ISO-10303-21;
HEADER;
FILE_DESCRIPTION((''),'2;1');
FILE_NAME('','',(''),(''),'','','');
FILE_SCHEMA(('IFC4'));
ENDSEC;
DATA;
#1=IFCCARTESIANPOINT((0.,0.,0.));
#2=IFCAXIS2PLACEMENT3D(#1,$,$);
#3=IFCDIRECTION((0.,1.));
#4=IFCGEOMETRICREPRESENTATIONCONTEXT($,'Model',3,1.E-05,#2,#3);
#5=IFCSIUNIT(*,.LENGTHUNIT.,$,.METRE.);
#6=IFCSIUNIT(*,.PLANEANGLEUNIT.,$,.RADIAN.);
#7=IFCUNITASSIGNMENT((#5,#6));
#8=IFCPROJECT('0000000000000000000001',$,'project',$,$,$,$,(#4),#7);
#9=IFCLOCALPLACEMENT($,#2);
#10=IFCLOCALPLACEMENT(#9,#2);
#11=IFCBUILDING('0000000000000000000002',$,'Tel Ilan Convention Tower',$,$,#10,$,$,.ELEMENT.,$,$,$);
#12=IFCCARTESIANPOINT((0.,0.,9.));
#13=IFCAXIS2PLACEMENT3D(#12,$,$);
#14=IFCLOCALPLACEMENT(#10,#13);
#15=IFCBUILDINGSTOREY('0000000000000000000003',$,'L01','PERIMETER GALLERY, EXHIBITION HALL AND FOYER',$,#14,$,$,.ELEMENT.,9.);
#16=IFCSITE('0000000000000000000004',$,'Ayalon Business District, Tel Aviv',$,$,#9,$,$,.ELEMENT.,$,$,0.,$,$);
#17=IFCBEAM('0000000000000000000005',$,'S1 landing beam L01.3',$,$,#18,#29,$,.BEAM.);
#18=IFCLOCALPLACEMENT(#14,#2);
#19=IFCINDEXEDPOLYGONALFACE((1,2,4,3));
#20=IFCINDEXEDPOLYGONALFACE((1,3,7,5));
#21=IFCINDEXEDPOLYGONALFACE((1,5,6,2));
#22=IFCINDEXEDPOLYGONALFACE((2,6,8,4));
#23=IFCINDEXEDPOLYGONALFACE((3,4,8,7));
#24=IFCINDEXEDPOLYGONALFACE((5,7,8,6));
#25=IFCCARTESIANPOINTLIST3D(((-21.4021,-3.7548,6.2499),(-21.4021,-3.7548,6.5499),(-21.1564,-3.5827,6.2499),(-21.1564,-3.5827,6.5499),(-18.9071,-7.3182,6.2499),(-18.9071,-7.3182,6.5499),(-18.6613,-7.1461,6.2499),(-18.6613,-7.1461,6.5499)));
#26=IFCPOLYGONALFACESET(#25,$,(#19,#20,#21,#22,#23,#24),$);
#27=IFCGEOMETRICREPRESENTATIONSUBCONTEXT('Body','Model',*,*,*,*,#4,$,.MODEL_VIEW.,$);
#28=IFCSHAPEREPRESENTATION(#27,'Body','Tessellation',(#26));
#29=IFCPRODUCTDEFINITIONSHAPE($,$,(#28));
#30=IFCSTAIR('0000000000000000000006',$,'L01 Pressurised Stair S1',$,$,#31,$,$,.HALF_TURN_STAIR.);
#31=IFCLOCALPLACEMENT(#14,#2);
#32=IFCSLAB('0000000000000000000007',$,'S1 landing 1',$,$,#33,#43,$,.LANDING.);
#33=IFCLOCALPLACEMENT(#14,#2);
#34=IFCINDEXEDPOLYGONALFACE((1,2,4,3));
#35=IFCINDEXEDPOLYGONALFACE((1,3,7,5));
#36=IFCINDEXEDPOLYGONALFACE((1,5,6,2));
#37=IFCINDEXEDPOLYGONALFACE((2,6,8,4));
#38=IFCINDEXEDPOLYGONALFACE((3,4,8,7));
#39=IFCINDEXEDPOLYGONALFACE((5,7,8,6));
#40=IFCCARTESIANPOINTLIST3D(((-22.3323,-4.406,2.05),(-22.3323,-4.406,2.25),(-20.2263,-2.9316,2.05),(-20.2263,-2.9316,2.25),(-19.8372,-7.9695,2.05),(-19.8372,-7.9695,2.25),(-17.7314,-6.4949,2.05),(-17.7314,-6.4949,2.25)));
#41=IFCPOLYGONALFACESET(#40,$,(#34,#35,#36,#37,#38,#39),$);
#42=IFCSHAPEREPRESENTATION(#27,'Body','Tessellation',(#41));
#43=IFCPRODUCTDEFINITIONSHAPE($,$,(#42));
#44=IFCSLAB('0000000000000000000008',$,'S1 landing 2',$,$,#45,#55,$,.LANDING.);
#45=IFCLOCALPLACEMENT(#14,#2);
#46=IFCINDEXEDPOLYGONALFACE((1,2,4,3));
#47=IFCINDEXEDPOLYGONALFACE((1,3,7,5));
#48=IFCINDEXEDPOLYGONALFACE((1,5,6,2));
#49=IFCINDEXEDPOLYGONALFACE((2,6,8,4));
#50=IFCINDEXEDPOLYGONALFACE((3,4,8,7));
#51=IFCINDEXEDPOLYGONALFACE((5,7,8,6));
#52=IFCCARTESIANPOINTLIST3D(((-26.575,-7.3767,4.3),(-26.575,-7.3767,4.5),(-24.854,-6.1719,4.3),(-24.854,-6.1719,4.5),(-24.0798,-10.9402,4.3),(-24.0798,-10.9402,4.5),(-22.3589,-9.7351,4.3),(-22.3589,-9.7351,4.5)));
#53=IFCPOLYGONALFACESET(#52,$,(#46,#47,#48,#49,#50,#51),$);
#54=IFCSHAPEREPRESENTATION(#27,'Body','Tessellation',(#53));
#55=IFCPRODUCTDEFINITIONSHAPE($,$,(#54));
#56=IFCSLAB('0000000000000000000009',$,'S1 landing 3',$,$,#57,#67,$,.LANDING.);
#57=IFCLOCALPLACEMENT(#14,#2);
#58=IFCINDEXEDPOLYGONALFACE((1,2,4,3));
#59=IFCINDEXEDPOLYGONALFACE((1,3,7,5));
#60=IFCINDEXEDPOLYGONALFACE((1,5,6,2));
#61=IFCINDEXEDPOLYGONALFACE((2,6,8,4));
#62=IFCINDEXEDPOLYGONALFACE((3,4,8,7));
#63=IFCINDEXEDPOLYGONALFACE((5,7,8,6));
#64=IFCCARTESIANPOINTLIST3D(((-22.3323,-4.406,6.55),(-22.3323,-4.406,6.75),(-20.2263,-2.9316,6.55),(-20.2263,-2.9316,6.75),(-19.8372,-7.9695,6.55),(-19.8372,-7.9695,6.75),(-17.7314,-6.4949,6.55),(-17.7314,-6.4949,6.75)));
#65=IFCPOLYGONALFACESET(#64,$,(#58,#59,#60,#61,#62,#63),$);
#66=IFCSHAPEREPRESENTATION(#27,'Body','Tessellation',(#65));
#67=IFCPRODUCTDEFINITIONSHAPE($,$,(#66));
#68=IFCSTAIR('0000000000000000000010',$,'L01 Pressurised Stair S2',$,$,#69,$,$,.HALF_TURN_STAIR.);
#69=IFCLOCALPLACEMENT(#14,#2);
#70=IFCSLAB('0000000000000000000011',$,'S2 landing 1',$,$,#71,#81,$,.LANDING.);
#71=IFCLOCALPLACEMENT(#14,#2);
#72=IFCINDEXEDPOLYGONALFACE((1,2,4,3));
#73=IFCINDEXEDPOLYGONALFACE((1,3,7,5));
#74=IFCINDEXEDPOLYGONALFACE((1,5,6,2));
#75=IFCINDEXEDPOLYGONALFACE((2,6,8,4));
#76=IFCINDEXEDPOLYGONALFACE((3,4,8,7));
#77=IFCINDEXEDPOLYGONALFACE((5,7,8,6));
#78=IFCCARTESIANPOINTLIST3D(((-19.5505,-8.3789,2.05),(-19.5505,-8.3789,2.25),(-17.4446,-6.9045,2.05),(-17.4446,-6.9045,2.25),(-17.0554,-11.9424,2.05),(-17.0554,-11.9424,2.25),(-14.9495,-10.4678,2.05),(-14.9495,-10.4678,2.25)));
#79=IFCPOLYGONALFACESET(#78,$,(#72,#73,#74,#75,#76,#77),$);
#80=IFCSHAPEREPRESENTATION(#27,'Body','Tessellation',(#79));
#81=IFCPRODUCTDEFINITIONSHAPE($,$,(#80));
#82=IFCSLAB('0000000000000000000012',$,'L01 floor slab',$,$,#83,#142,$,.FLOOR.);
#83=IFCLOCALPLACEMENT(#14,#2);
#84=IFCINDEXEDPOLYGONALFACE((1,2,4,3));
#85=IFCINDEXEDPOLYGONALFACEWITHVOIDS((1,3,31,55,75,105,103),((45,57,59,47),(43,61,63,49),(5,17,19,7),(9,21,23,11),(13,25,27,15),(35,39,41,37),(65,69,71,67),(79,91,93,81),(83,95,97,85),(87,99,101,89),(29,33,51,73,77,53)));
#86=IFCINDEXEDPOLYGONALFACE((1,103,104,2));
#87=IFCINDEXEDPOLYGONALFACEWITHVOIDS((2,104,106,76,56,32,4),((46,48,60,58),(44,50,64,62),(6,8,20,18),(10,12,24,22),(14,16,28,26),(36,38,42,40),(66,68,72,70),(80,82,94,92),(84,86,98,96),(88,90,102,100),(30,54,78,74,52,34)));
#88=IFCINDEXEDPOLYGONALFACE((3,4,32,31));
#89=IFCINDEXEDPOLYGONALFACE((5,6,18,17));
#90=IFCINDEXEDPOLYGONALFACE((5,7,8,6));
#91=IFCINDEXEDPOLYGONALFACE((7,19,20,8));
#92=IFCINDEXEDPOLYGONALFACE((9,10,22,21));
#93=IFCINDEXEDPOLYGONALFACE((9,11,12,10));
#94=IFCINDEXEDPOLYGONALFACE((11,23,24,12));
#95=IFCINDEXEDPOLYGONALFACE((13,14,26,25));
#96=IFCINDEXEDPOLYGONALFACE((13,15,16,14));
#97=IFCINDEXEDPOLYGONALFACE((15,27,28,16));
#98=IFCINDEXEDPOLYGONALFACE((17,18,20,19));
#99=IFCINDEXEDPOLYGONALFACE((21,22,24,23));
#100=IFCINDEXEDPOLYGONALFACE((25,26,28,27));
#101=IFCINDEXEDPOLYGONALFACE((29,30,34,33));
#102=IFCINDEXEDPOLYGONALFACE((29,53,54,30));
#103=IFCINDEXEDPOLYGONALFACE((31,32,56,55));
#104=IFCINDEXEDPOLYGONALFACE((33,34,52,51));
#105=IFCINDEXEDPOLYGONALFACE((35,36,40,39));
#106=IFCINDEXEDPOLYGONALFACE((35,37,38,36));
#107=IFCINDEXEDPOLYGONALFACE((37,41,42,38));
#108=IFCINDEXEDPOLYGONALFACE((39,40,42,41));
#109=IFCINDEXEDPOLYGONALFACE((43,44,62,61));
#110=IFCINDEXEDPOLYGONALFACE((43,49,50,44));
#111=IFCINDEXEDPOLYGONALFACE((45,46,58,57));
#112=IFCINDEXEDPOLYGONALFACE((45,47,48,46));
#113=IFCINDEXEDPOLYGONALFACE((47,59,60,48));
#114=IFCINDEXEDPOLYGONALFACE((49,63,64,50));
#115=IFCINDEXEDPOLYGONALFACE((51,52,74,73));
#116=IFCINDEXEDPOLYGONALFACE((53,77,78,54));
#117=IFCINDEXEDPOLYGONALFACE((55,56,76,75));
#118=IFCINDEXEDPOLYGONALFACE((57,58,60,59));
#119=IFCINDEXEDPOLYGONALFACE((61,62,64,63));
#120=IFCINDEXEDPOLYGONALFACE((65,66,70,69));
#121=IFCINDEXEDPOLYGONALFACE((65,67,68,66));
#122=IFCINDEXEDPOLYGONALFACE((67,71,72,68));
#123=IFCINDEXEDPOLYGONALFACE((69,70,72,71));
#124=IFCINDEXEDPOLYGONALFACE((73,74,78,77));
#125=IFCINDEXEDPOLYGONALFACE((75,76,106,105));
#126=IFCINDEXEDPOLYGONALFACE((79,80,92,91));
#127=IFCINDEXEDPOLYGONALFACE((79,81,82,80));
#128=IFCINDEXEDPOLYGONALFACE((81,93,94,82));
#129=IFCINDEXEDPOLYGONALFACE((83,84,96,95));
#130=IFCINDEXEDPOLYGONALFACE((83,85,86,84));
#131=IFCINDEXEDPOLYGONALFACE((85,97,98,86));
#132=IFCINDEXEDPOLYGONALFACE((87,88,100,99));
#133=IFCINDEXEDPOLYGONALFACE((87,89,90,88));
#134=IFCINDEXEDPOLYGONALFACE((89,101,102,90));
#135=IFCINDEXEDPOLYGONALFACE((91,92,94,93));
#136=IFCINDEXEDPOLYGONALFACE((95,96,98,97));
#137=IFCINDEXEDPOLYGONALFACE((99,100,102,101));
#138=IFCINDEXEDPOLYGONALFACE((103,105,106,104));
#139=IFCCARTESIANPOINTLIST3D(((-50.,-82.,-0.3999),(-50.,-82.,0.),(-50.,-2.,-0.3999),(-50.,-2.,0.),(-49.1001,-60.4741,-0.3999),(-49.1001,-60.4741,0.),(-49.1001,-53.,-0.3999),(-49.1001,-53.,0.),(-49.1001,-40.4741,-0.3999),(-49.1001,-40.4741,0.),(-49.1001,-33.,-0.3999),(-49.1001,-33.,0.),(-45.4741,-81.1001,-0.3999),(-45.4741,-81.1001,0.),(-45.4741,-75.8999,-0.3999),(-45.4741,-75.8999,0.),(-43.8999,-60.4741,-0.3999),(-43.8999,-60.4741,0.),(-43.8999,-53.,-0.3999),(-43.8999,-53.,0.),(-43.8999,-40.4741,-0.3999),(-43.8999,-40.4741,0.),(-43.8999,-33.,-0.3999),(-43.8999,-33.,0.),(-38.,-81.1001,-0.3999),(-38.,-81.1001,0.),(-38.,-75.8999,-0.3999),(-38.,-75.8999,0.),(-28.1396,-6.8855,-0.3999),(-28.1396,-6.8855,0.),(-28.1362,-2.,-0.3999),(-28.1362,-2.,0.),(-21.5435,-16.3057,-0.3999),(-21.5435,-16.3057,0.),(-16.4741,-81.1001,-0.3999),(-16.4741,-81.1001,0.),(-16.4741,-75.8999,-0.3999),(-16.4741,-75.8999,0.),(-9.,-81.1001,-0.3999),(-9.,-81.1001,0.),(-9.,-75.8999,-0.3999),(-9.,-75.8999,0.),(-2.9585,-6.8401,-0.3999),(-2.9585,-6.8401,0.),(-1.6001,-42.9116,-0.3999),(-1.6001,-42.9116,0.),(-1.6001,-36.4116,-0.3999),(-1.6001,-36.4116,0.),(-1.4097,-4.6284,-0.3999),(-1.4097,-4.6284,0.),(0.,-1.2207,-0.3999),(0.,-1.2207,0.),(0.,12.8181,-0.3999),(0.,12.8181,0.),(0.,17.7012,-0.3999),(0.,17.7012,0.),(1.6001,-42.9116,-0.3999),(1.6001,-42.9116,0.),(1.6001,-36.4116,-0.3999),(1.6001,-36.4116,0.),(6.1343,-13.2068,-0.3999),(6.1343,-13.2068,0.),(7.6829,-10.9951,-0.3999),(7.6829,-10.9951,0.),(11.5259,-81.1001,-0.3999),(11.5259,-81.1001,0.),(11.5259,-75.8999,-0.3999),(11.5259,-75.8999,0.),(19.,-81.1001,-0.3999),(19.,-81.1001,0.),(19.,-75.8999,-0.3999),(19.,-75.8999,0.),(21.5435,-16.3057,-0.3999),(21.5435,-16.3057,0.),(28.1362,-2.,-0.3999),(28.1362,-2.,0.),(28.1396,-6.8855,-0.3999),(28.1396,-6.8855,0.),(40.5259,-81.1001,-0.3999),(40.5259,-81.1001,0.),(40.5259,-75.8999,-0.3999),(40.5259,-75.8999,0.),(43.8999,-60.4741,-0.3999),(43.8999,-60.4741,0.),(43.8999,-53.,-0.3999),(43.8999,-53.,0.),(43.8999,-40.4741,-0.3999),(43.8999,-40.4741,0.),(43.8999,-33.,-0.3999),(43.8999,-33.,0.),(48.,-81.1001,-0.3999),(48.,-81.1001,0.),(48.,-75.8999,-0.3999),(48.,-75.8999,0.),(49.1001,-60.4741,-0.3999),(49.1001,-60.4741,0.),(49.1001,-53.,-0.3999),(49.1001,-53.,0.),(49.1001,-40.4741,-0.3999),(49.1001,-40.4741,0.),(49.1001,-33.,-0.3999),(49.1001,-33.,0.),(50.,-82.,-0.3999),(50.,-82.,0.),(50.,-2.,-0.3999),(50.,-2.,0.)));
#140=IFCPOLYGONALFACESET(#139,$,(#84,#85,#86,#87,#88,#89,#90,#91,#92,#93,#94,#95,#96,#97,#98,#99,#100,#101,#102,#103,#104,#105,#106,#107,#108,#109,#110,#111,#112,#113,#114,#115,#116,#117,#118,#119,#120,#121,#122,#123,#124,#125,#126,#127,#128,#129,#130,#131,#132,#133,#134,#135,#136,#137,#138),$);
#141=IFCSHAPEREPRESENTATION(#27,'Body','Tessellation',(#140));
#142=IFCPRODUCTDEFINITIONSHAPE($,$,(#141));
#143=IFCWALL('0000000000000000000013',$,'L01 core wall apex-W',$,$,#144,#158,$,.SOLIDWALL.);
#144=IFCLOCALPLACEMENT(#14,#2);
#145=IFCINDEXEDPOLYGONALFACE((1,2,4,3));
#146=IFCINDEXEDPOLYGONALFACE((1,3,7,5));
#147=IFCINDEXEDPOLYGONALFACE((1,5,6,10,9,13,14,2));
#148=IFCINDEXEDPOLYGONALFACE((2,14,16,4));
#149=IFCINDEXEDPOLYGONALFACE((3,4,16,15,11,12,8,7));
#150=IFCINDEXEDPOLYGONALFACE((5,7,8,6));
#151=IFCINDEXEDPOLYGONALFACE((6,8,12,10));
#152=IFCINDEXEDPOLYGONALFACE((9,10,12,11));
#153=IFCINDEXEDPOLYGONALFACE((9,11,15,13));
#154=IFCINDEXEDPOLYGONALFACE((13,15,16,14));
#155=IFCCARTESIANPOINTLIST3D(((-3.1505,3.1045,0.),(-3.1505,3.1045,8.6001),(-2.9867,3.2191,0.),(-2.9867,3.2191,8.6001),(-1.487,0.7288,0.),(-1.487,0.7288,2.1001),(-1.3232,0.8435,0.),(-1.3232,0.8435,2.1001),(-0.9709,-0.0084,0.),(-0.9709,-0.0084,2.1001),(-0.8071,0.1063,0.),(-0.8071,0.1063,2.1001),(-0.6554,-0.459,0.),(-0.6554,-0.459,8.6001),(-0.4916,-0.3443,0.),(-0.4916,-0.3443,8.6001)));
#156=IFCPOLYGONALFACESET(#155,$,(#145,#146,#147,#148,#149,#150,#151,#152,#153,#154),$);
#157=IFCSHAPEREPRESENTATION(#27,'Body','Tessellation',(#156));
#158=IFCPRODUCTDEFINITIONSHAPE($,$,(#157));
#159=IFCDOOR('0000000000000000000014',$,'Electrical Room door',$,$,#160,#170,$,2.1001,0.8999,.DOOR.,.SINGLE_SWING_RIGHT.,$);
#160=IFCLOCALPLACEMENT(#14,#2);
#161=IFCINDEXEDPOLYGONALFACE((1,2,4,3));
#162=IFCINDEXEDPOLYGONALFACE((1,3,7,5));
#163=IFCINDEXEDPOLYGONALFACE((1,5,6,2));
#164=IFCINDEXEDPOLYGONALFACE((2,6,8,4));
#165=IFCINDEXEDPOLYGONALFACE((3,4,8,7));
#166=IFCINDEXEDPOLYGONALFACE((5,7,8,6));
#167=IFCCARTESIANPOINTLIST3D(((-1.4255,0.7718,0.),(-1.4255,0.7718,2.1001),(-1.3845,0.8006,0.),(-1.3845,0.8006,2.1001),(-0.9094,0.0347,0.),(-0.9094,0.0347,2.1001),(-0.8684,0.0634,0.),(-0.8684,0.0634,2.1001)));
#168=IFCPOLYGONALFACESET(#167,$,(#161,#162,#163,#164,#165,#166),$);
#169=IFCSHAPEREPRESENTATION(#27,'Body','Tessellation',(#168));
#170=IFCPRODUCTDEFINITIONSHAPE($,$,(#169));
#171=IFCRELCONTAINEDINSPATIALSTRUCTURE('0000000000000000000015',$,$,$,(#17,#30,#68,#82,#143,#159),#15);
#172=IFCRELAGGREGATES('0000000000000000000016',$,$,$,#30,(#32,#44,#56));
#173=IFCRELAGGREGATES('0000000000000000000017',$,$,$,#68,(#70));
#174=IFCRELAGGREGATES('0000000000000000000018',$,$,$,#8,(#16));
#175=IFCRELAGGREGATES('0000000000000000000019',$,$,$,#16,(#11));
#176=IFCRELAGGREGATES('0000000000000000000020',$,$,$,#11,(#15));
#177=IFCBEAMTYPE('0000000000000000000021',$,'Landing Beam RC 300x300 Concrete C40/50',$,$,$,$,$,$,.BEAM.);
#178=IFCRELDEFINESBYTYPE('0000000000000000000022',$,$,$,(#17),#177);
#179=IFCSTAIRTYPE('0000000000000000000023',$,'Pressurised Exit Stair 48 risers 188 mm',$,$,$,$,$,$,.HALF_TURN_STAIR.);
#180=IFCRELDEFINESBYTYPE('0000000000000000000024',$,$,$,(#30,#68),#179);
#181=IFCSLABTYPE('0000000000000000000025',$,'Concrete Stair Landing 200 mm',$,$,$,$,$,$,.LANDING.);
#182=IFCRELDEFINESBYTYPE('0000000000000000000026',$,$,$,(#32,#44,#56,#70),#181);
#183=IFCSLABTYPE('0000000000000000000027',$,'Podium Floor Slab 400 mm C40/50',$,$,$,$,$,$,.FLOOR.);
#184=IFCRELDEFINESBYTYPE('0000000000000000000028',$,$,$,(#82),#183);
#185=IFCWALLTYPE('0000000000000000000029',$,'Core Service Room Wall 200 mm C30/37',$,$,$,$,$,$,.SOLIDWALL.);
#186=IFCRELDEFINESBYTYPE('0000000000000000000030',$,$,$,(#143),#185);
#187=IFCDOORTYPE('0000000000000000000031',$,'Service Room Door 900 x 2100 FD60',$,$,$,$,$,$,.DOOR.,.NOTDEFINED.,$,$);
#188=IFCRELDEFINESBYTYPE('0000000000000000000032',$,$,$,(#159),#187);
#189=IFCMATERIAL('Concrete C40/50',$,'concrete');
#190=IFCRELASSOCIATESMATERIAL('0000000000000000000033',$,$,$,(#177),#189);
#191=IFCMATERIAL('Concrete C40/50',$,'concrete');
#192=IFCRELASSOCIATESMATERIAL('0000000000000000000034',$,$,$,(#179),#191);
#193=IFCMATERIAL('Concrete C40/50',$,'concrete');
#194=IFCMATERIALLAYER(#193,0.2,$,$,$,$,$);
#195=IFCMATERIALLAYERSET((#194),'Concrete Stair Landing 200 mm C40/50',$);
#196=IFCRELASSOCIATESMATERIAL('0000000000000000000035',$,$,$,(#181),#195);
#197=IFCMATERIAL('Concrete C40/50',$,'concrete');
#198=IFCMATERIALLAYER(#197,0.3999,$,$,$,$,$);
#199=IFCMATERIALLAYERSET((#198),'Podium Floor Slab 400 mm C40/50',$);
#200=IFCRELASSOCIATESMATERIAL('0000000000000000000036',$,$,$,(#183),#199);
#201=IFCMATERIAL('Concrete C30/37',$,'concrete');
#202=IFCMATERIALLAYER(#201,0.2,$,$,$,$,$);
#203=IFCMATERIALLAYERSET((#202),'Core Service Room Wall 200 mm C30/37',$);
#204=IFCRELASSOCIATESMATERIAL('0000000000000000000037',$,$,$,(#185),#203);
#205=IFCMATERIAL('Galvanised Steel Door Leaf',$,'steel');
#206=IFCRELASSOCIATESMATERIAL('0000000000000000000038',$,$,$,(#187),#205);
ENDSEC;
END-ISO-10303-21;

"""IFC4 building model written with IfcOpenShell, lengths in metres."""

from ifc_helpers import new_model, si_unit, direction, frame, frame_2d, origin, origin_2d, place, context, subcontext, project, spatial, polyline, rectangle, outline, extrude, material, layer, layer_set, material_profile, profile_set, type_object, element, fill, aggregate, save


model = new_model("IFC4")

# Units and contexts
model_context = context("Model", 3, precision=1e-05, world=origin(), true_north=direction((0.0, 1.0)))
body_context = subcontext(model_context, "Body", "Model", "MODEL_VIEW")
ifc_project = project(units=[si_unit("LENGTHUNIT", "METRE"), si_unit("PLANEANGLEUNIT", "RADIAN")], contexts=[model_context])

# Site, building, storey
site_placement = place(None, origin())
site = spatial("IfcSite", under=ifc_project, at=site_placement, Name="Ayalon Business District, Tel Aviv", CompositionType="ELEMENT", RefElevation=0.0)
building_placement = place(site_placement, origin())
building = spatial("IfcBuilding", under=site, at=building_placement, Name="Tel Ilan Convention Tower", CompositionType="ELEMENT")
storey_placement = place(building_placement, frame((0.0, 0.0, 9.0)))
storey = spatial("IfcBuildingStorey", under=building, at=storey_placement, Name="L01", Description="PERIMETER GALLERY, EXHIBITION HALL AND FOYER", CompositionType="ELEMENT", Elevation=9.0)

# Beam
ifc_material_1 = material(Name="Concrete C40/50", Category="concrete")
ifc_material_profile = material_profile(ifc_material_1, rectangle(XDim=0.3, YDim=0.3, at=origin_2d()), Name="RC 300x300")
ifc_profile_set = profile_set([ifc_material_profile], Name="Concrete C40/50")
beam_type = type_object("IfcBeamType", Name="Landing Beam RC 300x300 Concrete C40/50", PredefinedType="BEAM", material=ifc_profile_set)
beam_placement = place(storey_placement, frame((-18.7842, -7.2322, 6.3999), z_axis=(-0.573568, 0.819158, 0.0), x_axis=(-0.819158, -0.573568, 0.0)))
element("IfcBeam", 1, at=beam_placement, inside=storey, type_object=beam_type, Name="S1 landing beam L01.3", PredefinedType="BEAM", context=body_context, shape_type="SweptSolid", body=[
    extrude(rectangle(XDim=0.3, YDim=0.3, at=origin_2d()), origin(), (0.0, 0.0, 1.0), 4.3501),
])

# Stair, slabs
ifc_material_2 = material(Name="Concrete C40/50", Category="concrete")
stair_type = type_object("IfcStairType", Name="Pressurised Exit Stair 48 risers 188 mm", PredefinedType="HALF_TURN_STAIR", material=ifc_material_2)
stair_1_placement = place(storey_placement, origin())
stair_1 = element("IfcStair", 2, at=stair_1_placement, inside=storey, type_object=stair_type, Name="L01 Pressurised Stair S1", PredefinedType="HALF_TURN_STAIR")
ifc_material_3 = material(Name="Concrete C40/50", Category="concrete")
ifc_layer_1 = layer(ifc_material_3, 0.2)
ifc_layer_set_1 = layer_set([ifc_layer_1], Name="Concrete Stair Landing 200 mm C40/50")
slab_type_1 = type_object("IfcSlabType", Name="Concrete Stair Landing 200 mm", PredefinedType="LANDING", material=ifc_layer_set_1)
slab_1_placement = place(storey_placement, frame((0.0, 0.0, 2.05)))
slab_1 = element("IfcSlab", 3, at=slab_1_placement, type_object=slab_type_1, Name="S1 landing 1", PredefinedType="LANDING", context=body_context, shape_type="SweptSolid", body=[
    extrude(outline(polyline([(-19.8372, -7.9695), (-17.7314, -6.4949), (-20.2263, -2.9316), (-22.3323, -4.406), (-19.8372, -7.9695)])), origin(), (0.0, 0.0, 1.0), 0.2),
])
slab_2_placement = place(storey_placement, frame((0.0, 0.0, 4.3)))
slab_2 = element("IfcSlab", 4, at=slab_2_placement, type_object=slab_type_1, Name="S1 landing 2", PredefinedType="LANDING", context=body_context, shape_type="SweptSolid", body=[
    extrude(outline(polyline([(-24.0798, -10.9402), (-22.3589, -9.7351), (-24.854, -6.1719), (-26.575, -7.3767), (-24.0798, -10.9402)])), origin(), (0.0, 0.0, 1.0), 0.2),
])
slab_3_placement = place(storey_placement, frame((0.0, 0.0, 6.55)))
slab_3 = element("IfcSlab", 5, at=slab_3_placement, type_object=slab_type_1, Name="S1 landing 3", PredefinedType="LANDING", context=body_context, shape_type="SweptSolid", body=[
    extrude(outline(polyline([(-19.8372, -7.9695), (-17.7314, -6.4949), (-20.2263, -2.9316), (-22.3323, -4.406), (-19.8372, -7.9695)])), origin(), (0.0, 0.0, 1.0), 0.2),
])
aggregate(stair_1, [slab_1, slab_2, slab_3])

# Stair, slab
stair_2_placement = place(storey_placement, origin())
stair_2 = element("IfcStair", 6, at=stair_2_placement, inside=storey, type_object=stair_type, Name="L01 Pressurised Stair S2", PredefinedType="HALF_TURN_STAIR")
slab_4_placement = place(storey_placement, frame((0.0, 0.0, 2.05)))
slab_4 = element("IfcSlab", 7, at=slab_4_placement, type_object=slab_type_1, Name="S2 landing 1", PredefinedType="LANDING", context=body_context, shape_type="SweptSolid", body=[
    extrude(outline(polyline([(-17.0554, -11.9424), (-14.9495, -10.4678), (-17.4446, -6.9045), (-19.5505, -8.3789), (-17.0554, -11.9424)])), origin(), (0.0, 0.0, 1.0), 0.2),
])
aggregate(stair_2, [slab_4])

# Slab
ifc_material_4 = material(Name="Concrete C40/50", Category="concrete")
ifc_layer_2 = layer(ifc_material_4, 0.3999)
ifc_layer_set_2 = layer_set([ifc_layer_2], Name="Podium Floor Slab 400 mm C40/50")
slab_type_2 = type_object("IfcSlabType", Name="Podium Floor Slab 400 mm C40/50", PredefinedType="FLOOR", material=ifc_layer_set_2)
slab_5_placement = place(storey_placement, frame((0.0, 0.0, -0.3999)))
element("IfcSlab", 8, at=slab_5_placement, inside=storey, type_object=slab_type_2, Name="L01 floor slab", PredefinedType="FLOOR", context=body_context, shape_type="SweptSolid", body=[
    extrude(outline(polyline([(-50.0, -2.0), (-28.1362, -2.0), (0.0, 17.7012), (28.1362, -2.0), (50.0, -2.0), (50.0, -82.0), (-50.0, -82.0), (-50.0, -2.0)]), holes=[polyline([(43.8999, -53.0), (43.8999, -60.4741), (49.1001, -60.4741), (49.1001, -53.0), (43.8999, -53.0)]), polyline([(49.1001, -33.0), (43.8999, -33.0), (43.8999, -40.4741), (49.1001, -40.4741), (49.1001, -33.0)]), polyline([(48.0, -75.8999), (40.5259, -75.8999), (40.5259, -81.1001), (48.0, -81.1001), (48.0, -75.8999)]), polyline([(21.5435, -16.3057), (28.1396, -6.8855), (0.0, 12.8181), (-28.1396, -6.8855), (-21.5435, -16.3057), (0.0, -1.2207), (21.5435, -16.3057)]), polyline([(11.5259, -75.8999), (11.5259, -81.1001), (19.0, -81.1001), (19.0, -75.8999), (11.5259, -75.8999)]), polyline([(6.1343, -13.2068), (7.6829, -10.9951), (-1.4097, -4.6284), (-2.9585, -6.8401), (6.1343, -13.2068)]), polyline([(-1.6001, -36.4116), (-1.6001, -42.9116), (1.6001, -42.9116), (1.6001, -36.4116), (-1.6001, -36.4116)]), polyline([(-16.4741, -75.8999), (-16.4741, -81.1001), (-9.0, -81.1001), (-9.0, -75.8999), (-16.4741, -75.8999)]), polyline([(-45.4741, -75.8999), (-45.4741, -81.1001), (-38.0, -81.1001), (-38.0, -75.8999), (-45.4741, -75.8999)]), polyline([(-49.1001, -33.0), (-49.1001, -40.4741), (-43.8999, -40.4741), (-43.8999, -33.0), (-49.1001, -33.0)]), polyline([(-43.8999, -53.0), (-49.1001, -53.0), (-49.1001, -60.4741), (-43.8999, -60.4741), (-43.8999, -53.0)])]), origin(), (0.0, 0.0, 1.0), 0.3999),
])

# Wall, opening, door
ifc_material_5 = material(Name="Concrete C30/37", Category="concrete")
ifc_layer_3 = layer(ifc_material_5, 0.2)
ifc_layer_set_3 = layer_set([ifc_layer_3], Name="Core Service Room Wall 200 mm C30/37")
wall_type_1 = type_object("IfcWallType", Name="Core Service Room Wall 200 mm C30/37", PredefinedType="SOLIDWALL", material=ifc_layer_set_3)
wall_1_placement = place(storey_placement, frame((-0.5735, -0.4016, 0.0), z_axis=(0.0, 0.0, 1.0), x_axis=(-0.573568, 0.819158, 0.0)))
wall_1 = element("IfcWall", 9, at=wall_1_placement, inside=storey, type_object=wall_type_1, Name="L01 core wall apex-W", PredefinedType="SOLIDWALL", context=body_context, shape_type="SweptSolid", body=[
    extrude(rectangle(XDim=4.3501, YDim=0.2, at=frame_2d((2.175, 0.0))), origin(), (0.0, 0.0, 1.0), 8.6001),
])
opening_1_placement = place(wall_1_placement, frame((0.55, 0.0, 0.0)))
opening_1 = element("IfcOpeningElement", 10, at=opening_1_placement, cuts=wall_1, PredefinedType="OPENING", context=body_context, shape_type="SweptSolid", body=[
    extrude(rectangle(XDim=0.8999, YDim=2.1001, at=frame_2d((0.45, 1.05))), frame((0.0, 0.1099, 0.0), z_axis=(0.0, -1.0, 0.0), x_axis=(1.0, 0.0, 0.0)), (0.0, 0.0, 1.0), 0.22),
])
ifc_material_6 = material(Name="Galvanised Steel Door Leaf", Category="steel")
door_type_1 = type_object("IfcDoorType", Name="Service Room Door 900 x 2100 FD60", OperationType="NOTDEFINED", PredefinedType="DOOR", material=ifc_material_6)
door_1_placement = place(opening_1_placement, origin())
door_1 = element("IfcDoor", 11, at=door_1_placement, inside=storey, type_object=door_type_1, Name="Electrical Room door", OperationType="SINGLE_SWING_RIGHT", OverallHeight=2.1001, OverallWidth=0.8999, PredefinedType="DOOR", context=body_context, shape_type="SweptSolid", body=[
    extrude(rectangle(XDim=0.8999, YDim=2.1001, at=frame_2d((0.45, 1.05))), frame((0.0, 0.0249, 0.0), z_axis=(0.0, -1.0, 0.0), x_axis=(1.0, 0.0, 0.0)), (0.0, 0.0, 1.0), 0.05),
])
fill(opening_1, door_1)

save(model, "model.ifc")
